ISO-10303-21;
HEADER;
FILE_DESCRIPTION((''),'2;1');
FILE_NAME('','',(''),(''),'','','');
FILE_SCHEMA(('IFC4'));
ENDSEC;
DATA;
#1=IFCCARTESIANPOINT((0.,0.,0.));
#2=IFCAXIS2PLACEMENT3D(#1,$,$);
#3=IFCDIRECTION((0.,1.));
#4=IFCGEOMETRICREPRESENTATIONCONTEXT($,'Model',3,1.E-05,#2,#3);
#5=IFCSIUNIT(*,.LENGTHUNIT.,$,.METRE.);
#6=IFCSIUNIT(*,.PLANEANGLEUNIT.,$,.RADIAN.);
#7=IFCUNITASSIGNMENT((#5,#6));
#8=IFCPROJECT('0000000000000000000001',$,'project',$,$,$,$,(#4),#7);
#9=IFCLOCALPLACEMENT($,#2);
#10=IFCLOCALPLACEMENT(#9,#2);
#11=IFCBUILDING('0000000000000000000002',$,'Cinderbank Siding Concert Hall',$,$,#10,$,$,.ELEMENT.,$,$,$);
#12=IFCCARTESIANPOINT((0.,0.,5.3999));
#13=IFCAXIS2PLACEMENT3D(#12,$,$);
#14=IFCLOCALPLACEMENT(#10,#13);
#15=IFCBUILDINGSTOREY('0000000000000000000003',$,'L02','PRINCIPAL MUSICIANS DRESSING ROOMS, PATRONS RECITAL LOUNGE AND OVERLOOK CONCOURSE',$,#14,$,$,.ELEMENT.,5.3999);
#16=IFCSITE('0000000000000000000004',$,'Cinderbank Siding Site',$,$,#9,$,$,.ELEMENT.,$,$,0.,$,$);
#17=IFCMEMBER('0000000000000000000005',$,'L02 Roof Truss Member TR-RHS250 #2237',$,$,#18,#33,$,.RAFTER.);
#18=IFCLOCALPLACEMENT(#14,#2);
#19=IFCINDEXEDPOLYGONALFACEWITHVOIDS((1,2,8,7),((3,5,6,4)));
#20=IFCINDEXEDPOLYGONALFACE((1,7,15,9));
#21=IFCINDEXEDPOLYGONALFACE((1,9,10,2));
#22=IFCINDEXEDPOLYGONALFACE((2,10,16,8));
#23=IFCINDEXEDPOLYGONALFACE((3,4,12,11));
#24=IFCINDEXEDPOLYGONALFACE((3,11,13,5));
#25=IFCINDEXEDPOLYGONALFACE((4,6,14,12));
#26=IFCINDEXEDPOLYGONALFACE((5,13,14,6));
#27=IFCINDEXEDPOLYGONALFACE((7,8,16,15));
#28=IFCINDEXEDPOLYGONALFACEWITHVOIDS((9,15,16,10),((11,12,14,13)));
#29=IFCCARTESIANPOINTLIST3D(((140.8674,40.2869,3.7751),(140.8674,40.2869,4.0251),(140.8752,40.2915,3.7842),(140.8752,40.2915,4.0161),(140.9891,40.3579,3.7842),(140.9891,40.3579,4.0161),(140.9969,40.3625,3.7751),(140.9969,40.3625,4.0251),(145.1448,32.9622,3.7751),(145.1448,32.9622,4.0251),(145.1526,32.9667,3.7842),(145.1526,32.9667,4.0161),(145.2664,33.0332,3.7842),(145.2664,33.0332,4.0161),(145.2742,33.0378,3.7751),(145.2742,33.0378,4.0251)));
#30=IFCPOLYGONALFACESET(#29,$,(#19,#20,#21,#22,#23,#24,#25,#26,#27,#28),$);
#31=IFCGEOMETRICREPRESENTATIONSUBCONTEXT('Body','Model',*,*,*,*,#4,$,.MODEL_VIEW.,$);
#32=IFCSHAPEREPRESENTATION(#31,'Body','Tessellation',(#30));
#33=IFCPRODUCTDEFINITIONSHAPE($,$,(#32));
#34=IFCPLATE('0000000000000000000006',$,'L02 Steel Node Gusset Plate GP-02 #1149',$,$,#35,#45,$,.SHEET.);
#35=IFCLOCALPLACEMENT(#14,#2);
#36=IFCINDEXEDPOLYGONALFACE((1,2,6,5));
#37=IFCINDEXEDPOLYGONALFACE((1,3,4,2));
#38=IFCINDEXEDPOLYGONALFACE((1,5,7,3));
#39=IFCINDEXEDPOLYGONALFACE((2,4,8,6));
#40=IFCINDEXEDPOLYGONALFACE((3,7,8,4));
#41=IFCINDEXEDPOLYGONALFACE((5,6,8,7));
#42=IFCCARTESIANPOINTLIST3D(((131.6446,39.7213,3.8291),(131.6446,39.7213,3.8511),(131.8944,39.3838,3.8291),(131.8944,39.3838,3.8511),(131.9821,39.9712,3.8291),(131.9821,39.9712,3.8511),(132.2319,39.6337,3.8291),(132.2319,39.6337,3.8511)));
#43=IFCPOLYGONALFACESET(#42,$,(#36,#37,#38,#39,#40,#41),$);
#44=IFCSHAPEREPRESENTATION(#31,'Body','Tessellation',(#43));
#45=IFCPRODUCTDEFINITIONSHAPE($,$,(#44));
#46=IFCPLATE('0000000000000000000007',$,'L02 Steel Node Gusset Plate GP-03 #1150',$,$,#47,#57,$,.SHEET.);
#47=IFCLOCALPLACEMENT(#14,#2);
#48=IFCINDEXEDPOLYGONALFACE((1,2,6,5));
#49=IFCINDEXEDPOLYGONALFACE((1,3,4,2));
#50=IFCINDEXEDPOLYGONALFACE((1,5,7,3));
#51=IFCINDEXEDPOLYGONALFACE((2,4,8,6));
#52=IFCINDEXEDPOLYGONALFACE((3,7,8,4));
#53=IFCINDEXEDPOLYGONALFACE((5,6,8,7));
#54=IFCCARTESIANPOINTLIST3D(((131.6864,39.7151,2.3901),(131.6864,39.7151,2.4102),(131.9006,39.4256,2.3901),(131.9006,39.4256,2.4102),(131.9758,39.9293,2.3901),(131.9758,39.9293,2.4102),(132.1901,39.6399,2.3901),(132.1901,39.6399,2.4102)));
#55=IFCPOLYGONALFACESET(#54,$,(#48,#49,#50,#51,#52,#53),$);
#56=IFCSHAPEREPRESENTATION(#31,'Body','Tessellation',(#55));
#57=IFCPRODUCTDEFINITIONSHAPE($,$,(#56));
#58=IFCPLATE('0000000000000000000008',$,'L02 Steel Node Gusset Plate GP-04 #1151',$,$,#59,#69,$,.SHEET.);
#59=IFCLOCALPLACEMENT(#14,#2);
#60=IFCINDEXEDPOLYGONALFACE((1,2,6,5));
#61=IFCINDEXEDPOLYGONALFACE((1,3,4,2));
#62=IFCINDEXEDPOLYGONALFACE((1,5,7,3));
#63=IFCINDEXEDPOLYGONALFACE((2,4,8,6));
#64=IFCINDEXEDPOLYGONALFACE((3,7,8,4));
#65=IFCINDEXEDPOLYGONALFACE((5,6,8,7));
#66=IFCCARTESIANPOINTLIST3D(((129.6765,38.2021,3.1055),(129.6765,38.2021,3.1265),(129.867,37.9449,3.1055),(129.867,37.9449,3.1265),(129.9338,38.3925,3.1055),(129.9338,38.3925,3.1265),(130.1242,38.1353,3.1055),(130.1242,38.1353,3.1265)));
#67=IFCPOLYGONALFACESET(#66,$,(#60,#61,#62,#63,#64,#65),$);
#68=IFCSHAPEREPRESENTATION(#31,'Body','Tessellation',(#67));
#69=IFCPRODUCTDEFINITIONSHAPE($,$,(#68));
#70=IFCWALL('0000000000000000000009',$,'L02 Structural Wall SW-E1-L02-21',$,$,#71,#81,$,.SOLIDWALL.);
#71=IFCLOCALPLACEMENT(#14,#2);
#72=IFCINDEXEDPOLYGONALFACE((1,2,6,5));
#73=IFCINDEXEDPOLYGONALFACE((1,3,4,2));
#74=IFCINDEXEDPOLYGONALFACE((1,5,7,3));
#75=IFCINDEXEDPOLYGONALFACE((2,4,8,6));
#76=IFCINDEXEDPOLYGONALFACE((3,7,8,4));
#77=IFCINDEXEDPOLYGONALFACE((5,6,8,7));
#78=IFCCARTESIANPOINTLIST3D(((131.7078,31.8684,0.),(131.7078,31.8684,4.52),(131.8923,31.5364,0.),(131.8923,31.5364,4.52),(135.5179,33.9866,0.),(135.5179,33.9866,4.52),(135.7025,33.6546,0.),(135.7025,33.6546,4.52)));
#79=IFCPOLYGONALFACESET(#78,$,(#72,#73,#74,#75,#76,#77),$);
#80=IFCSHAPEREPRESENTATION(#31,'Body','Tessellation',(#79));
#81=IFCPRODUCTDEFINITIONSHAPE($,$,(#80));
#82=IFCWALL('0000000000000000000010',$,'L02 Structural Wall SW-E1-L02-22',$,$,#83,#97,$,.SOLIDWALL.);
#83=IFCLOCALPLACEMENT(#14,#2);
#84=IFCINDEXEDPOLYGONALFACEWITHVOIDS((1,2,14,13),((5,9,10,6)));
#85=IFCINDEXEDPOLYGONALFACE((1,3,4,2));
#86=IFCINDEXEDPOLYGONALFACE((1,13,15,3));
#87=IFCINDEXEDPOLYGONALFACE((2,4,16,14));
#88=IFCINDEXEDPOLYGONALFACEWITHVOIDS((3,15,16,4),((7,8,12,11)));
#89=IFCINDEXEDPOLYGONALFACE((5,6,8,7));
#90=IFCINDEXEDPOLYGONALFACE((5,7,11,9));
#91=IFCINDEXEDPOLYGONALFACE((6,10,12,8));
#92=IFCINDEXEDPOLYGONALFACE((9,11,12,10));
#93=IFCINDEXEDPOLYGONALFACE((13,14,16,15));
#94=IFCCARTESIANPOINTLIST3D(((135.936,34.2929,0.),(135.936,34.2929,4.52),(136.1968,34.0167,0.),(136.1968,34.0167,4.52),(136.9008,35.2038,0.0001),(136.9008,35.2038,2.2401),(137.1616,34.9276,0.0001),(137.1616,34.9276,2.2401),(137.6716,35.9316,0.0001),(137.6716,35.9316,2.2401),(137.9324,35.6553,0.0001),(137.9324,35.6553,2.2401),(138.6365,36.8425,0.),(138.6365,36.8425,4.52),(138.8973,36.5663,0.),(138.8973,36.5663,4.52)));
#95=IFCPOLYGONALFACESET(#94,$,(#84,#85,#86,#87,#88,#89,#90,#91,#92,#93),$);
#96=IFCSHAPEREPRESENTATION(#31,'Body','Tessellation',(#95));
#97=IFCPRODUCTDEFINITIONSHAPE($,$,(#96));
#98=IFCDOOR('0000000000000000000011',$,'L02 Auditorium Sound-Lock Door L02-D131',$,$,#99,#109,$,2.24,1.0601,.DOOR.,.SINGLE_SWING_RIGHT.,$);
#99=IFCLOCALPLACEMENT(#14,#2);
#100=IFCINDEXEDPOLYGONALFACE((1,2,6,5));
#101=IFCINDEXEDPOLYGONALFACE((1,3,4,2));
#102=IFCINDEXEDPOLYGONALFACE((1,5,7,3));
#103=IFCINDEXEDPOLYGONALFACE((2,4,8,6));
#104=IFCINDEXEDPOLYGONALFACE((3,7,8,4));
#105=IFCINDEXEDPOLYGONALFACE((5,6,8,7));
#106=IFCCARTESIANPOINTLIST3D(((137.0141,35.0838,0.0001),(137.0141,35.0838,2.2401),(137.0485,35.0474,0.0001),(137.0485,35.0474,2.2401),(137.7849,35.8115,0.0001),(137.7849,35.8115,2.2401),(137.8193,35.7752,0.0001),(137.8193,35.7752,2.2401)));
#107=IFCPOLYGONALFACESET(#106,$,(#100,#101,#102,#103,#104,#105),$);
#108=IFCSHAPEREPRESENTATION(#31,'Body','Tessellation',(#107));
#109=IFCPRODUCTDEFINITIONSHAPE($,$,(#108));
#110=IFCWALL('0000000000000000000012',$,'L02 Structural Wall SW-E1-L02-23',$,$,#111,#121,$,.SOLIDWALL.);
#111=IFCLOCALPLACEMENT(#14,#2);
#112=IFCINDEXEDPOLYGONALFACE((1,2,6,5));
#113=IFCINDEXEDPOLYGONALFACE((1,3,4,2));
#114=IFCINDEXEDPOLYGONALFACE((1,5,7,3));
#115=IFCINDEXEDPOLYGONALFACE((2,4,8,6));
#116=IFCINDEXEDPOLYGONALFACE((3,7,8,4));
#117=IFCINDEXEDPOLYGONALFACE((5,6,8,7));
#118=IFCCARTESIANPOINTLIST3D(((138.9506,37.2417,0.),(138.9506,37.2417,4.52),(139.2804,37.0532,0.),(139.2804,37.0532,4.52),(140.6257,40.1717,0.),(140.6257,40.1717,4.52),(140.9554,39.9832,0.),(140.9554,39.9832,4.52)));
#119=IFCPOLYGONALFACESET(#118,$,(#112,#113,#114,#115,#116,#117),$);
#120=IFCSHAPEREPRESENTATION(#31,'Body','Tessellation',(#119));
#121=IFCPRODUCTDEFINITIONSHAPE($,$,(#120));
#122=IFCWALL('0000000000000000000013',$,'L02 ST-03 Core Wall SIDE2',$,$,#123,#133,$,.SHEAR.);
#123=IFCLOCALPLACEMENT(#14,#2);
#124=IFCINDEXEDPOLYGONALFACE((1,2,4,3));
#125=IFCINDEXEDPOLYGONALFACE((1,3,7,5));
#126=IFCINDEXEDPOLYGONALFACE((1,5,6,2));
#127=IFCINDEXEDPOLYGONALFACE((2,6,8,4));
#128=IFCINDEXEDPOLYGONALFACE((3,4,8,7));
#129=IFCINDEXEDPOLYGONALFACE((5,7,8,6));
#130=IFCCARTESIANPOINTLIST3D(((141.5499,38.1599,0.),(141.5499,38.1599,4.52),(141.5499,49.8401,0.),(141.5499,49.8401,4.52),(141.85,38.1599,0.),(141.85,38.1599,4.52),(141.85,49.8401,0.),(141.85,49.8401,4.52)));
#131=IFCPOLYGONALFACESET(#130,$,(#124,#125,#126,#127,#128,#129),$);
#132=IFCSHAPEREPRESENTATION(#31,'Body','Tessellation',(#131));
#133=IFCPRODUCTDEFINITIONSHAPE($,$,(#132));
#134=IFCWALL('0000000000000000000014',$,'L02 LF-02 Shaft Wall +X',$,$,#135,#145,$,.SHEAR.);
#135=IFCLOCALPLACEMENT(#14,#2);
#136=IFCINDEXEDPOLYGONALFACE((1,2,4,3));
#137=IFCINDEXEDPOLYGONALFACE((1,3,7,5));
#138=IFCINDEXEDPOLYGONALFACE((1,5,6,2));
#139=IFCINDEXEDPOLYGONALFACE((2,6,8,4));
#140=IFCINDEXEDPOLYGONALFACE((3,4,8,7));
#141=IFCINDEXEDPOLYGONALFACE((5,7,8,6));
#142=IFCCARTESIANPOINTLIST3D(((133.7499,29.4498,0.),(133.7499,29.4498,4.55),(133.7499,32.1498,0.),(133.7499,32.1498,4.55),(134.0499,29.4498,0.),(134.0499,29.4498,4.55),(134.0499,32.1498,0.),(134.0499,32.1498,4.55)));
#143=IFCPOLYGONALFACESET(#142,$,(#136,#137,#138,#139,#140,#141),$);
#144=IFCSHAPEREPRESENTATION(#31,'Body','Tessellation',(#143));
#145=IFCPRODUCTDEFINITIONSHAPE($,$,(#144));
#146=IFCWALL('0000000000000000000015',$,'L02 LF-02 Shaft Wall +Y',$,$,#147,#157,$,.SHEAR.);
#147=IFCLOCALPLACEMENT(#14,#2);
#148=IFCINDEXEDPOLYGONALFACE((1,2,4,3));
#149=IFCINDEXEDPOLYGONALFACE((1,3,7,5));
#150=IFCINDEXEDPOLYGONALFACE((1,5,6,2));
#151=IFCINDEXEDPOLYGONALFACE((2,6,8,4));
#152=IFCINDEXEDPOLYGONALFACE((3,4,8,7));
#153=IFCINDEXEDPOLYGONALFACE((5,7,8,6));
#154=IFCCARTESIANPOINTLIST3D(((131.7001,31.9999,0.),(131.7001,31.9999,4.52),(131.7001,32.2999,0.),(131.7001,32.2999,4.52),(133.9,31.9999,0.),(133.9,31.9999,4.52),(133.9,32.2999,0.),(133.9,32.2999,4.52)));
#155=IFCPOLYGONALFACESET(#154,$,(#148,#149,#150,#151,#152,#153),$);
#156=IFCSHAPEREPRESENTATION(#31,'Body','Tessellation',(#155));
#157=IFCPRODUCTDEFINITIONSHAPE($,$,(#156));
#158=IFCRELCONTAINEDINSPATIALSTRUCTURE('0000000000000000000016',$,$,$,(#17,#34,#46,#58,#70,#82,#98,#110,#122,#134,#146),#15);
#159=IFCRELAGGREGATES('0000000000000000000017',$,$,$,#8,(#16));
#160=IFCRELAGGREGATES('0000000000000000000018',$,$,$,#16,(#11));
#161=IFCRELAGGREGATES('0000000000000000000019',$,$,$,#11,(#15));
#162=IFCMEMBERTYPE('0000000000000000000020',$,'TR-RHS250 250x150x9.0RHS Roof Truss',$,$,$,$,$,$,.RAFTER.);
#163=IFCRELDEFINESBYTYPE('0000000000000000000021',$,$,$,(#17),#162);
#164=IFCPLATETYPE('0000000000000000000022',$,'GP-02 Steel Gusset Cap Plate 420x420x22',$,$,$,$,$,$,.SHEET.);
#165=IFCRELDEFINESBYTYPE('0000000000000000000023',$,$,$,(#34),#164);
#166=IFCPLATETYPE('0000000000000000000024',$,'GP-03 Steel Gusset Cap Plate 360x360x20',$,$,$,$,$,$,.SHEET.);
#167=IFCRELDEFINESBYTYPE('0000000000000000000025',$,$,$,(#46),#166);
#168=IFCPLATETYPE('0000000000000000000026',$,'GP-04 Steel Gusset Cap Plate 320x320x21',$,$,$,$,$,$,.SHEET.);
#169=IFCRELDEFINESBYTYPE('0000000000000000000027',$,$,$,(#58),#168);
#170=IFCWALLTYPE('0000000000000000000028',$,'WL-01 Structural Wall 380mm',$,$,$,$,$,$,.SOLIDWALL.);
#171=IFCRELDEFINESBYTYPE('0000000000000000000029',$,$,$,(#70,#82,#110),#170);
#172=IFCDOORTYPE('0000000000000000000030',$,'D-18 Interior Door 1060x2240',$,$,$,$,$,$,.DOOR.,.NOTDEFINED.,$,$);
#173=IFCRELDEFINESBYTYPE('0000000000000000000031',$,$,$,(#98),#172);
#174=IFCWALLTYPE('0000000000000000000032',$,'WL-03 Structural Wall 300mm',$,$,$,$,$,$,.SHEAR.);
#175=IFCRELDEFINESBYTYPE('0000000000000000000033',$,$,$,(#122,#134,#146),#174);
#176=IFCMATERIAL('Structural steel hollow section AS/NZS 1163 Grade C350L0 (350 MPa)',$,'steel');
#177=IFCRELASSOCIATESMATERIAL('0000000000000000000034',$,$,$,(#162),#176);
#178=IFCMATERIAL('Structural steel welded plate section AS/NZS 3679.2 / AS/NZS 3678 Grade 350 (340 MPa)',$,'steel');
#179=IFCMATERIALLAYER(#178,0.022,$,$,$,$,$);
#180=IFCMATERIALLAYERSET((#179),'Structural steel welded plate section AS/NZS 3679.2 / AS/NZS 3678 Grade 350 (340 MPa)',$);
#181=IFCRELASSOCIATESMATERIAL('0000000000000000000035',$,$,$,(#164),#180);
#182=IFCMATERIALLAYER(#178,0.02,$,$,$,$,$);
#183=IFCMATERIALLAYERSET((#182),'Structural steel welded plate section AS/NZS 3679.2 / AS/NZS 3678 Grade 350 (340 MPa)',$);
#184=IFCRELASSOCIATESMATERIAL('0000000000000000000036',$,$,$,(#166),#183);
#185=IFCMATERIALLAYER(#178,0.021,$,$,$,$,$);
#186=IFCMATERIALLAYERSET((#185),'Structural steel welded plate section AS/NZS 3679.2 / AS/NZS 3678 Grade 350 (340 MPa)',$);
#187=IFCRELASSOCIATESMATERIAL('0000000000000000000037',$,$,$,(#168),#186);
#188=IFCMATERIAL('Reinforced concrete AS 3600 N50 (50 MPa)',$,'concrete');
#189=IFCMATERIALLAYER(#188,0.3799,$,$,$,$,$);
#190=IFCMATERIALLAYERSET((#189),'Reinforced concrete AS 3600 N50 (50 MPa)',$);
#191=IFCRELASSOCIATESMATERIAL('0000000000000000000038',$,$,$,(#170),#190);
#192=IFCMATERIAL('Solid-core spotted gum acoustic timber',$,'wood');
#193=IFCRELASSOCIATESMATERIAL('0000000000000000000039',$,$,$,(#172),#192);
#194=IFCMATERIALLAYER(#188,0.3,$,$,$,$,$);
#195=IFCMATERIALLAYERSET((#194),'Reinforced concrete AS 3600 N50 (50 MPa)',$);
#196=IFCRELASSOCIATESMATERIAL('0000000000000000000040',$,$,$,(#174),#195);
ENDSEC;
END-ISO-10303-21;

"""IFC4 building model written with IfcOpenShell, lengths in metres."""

from ifc_helpers import new_model, si_unit, direction, frame, frame_2d, origin, origin_2d, place, context, subcontext, project, spatial, rectangle, hollow_rectangle, extrude, material, layer, layer_set, material_profile, profile_set, type_object, element, fill, save


model = new_model("IFC4")

# Units and contexts
model_context = context("Model", 3, precision=1e-05, world=origin(), true_north=direction((0.0, 1.0)))
body_context = subcontext(model_context, "Body", "Model", "MODEL_VIEW")
ifc_project = project(units=[si_unit("LENGTHUNIT", "METRE"), si_unit("PLANEANGLEUNIT", "RADIAN")], contexts=[model_context])

# Site, building, storey
site_placement = place(None, origin())
site = spatial("IfcSite", under=ifc_project, at=site_placement, Name="Cinderbank Siding Site", CompositionType="ELEMENT", RefElevation=0.0)
building_placement = place(site_placement, origin())
building = spatial("IfcBuilding", under=site, at=building_placement, Name="Cinderbank Siding Concert Hall", CompositionType="ELEMENT")
storey_placement = place(building_placement, frame((0.0, 0.0, 5.3999)))
storey = spatial("IfcBuildingStorey", under=building, at=storey_placement, Name="L02", Description="PRINCIPAL MUSICIANS DRESSING ROOMS, PATRONS RECITAL LOUNGE AND OVERLOOK CONCOURSE", CompositionType="ELEMENT", Elevation=5.3999)

# Shared definitions
ifc_material_1 = material(Name="Structural steel hollow section AS/NZS 1163 Grade C350L0 (350 MPa)", Category="steel")
ifc_material_2 = material(Name="Reinforced concrete AS 3600 N50 (50 MPa)", Category="concrete")

# Member
ifc_material_profile_1 = material_profile(ifc_material_1, hollow_rectangle(XDim=0.1499, YDim=0.25, WallThickness=0.009, at=origin_2d()), Name="250x150x9.0RHS", Category="LoadBearing")
ifc_profile_set_1 = profile_set([ifc_material_profile_1], Name="Structural steel hollow section AS/NZS 1163 Grade C350L0 (350 MPa)")
member_type_1 = type_object("IfcMemberType", Name="TR-RHS250 250x150x9.0RHS Roof Truss", PredefinedType="RAFTER", material=ifc_profile_set_1)
member_1_placement = place(storey_placement, frame((140.9321, 40.3247, 3.9001), z_axis=(0.504275, -0.863543, 0.0), x_axis=(0.863543, 0.504275, 0.0)))
element("IfcMember", 1, at=member_1_placement, inside=storey, type_object=member_type_1, Name="L02 Roof Truss Member TR-RHS250 #2237", PredefinedType="RAFTER", context=body_context, shape_type="SweptSolid", body=[
    extrude(hollow_rectangle(XDim=0.1499, YDim=0.25, WallThickness=0.009, at=origin_2d()), origin(), (0.0, 0.0, 1.0), 8.4822),
])

# Plates
ifc_material_3 = material(Name="Structural steel welded plate section AS/NZS 3679.2 / AS/NZS 3678 Grade 350 (340 MPa)", Category="steel")
ifc_layer_1 = layer(ifc_material_3, 0.022)
ifc_layer_set_1 = layer_set([ifc_layer_1], Name="Structural steel welded plate section AS/NZS 3679.2 / AS/NZS 3678 Grade 350 (340 MPa)")
plate_type_1 = type_object("IfcPlateType", Name="GP-02 Steel Gusset Cap Plate 420x420x22", PredefinedType="SHEET", material=ifc_layer_set_1)
plate_1_placement = place(storey_placement, frame((131.9382, 39.6775, 3.8291), z_axis=(0.0, 0.0, 1.0), x_axis=(0.803753, 0.594963, 0.0)))
element("IfcPlate", 2, at=plate_1_placement, inside=storey, type_object=plate_type_1, Name="L02 Steel Node Gusset Plate GP-02 #1149", PredefinedType="SHEET", context=body_context, shape_type="SweptSolid", body=[
    extrude(rectangle(XDim=0.4199, YDim=0.4199, at=origin_2d()), origin(), (0.0, 0.0, 1.0), 0.022),
])
ifc_layer_2 = layer(ifc_material_3, 0.02)
ifc_layer_set_2 = layer_set([ifc_layer_2], Name="Structural steel welded plate section AS/NZS 3679.2 / AS/NZS 3678 Grade 350 (340 MPa)")
plate_type_2 = type_object("IfcPlateType", Name="GP-03 Steel Gusset Cap Plate 360x360x20", PredefinedType="SHEET", material=ifc_layer_set_2)
plate_2_placement = place(storey_placement, frame((131.9382, 39.6775, 2.3901), z_axis=(0.0, 0.0, 1.0), x_axis=(-0.803753, -0.594963, 0.0)))
element("IfcPlate", 3, at=plate_2_placement, inside=storey, type_object=plate_type_2, Name="L02 Steel Node Gusset Plate GP-03 #1150", PredefinedType="SHEET", context=body_context, shape_type="SweptSolid", body=[
    extrude(rectangle(XDim=0.3601, YDim=0.3601, at=origin_2d()), origin(), (0.0, 0.0, 1.0), 0.02),
])
ifc_layer_3 = layer(ifc_material_3, 0.021)
ifc_layer_set_3 = layer_set([ifc_layer_3], Name="Structural steel welded plate section AS/NZS 3679.2 / AS/NZS 3678 Grade 350 (340 MPa)")
plate_type_3 = type_object("IfcPlateType", Name="GP-04 Steel Gusset Cap Plate 320x320x21", PredefinedType="SHEET", material=ifc_layer_set_3)
plate_3_placement = place(storey_placement, frame((129.9004, 38.1687, 3.1055), z_axis=(0.0, 0.0, 1.0), x_axis=(-0.803753, -0.594963, 0.0)))
element("IfcPlate", 4, at=plate_3_placement, inside=storey, type_object=plate_type_3, Name="L02 Steel Node Gusset Plate GP-04 #1151", PredefinedType="SHEET", context=body_context, shape_type="SweptSolid", body=[
    extrude(rectangle(XDim=0.3201, YDim=0.3201, at=origin_2d()), origin(), (0.0, 0.0, 1.0), 0.021),
])

# Wall
ifc_layer_4 = layer(ifc_material_2, 0.3799)
ifc_layer_set_4 = layer_set([ifc_layer_4], Name="Reinforced concrete AS 3600 N50 (50 MPa)")
wall_type_1 = type_object("IfcWallType", Name="WL-01 Structural Wall 380mm", PredefinedType="SOLIDWALL", material=ifc_layer_set_4)
wall_1_placement = place(storey_placement, frame((131.8, 31.7024, 0.0), z_axis=(0.0, 0.0, 1.0), x_axis=(0.874015, 0.4859, 0.0)))
element("IfcWall", 5, at=wall_1_placement, inside=storey, type_object=wall_type_1, Name="L02 Structural Wall SW-E1-L02-21", PredefinedType="SOLIDWALL", context=body_context, shape_type="SweptSolid", body=[
    extrude(rectangle(XDim=4.3594, YDim=0.3799, at=frame_2d((2.1797, 0.0))), origin(), (0.0, 0.0, 1.0), 4.52),
])

# Wall, opening, door
wall_2_placement = place(storey_placement, frame((136.0664, 34.1548, 0.0), z_axis=(0.0, 0.0, 1.0), x_axis=(0.727128, 0.686502, 0.0)))
wall_2 = element("IfcWall", 6, at=wall_2_placement, inside=storey, type_object=wall_type_1, Name="L02 Structural Wall SW-E1-L02-22", PredefinedType="SOLIDWALL", context=body_context, shape_type="SweptSolid", body=[
    extrude(rectangle(XDim=3.7139, YDim=0.3799, at=frame_2d((1.8569, 0.0))), origin(), (0.0, 0.0, 1.0), 4.52),
])
opening_1_placement = place(wall_2_placement, frame((1.3269, 0.0, 0.0)))
opening_1 = element("IfcOpeningElement", 7, at=opening_1_placement, cuts=wall_2, PredefinedType="OPENING", context=body_context, shape_type="SweptSolid", body=[
    extrude(rectangle(XDim=1.0601, YDim=2.24, at=frame_2d((0.53, 1.1201))), frame((0.0, 0.2019, 0.0), z_axis=(0.0, -1.0, 0.0), x_axis=(1.0, 0.0, 0.0)), (0.0, 0.0, 1.0), 0.4038),
])
ifc_material_4 = material(Name="Solid-core spotted gum acoustic timber", Category="wood")
door_type_1 = type_object("IfcDoorType", Name="D-18 Interior Door 1060x2240", OperationType="NOTDEFINED", PredefinedType="DOOR", material=ifc_material_4)
door_1_placement = place(opening_1_placement, origin())
door_1 = element("IfcDoor", 8, at=door_1_placement, inside=storey, type_object=door_type_1, Name="L02 Auditorium Sound-Lock Door L02-D131", OperationType="SINGLE_SWING_RIGHT", OverallHeight=2.24, OverallWidth=1.0601, PredefinedType="DOOR", context=body_context, shape_type="SweptSolid", body=[
    extrude(rectangle(XDim=1.0601, YDim=2.24, at=frame_2d((0.53, 1.1201))), frame((0.0, 0.0249, 0.0), z_axis=(0.0, -1.0, 0.0), x_axis=(1.0, 0.0, 0.0)), (0.0, 0.0, 1.0), 0.05),
])
fill(opening_1, door_1)

# Walls
wall_3_placement = place(storey_placement, frame((139.1155, 37.1475, 0.0), z_axis=(0.0, 0.0, 1.0), x_axis=(0.496318, 0.868141, 0.0)))
element("IfcWall", 9, at=wall_3_placement, inside=storey, type_object=wall_type_1, Name="L02 Structural Wall SW-E1-L02-23", PredefinedType="SOLIDWALL", context=body_context, shape_type="SweptSolid", body=[
    extrude(rectangle(XDim=3.375, YDim=0.3799, at=frame_2d((1.6875, 0.0))), origin(), (0.0, 0.0, 1.0), 4.52),
])
ifc_layer_5 = layer(ifc_material_2, 0.3)
ifc_layer_set_5 = layer_set([ifc_layer_5], Name="Reinforced concrete AS 3600 N50 (50 MPa)")
wall_type_2 = type_object("IfcWallType", Name="WL-03 Structural Wall 300mm", PredefinedType="SHEAR", material=ifc_layer_set_5)
wall_4_placement = place(storey_placement, frame((141.7, 38.1599, 0.0), z_axis=(0.0, 0.0, 1.0), x_axis=(0.0, 1.0, 0.0)))
element("IfcWall", 10, at=wall_4_placement, inside=storey, type_object=wall_type_2, Name="L02 ST-03 Core Wall SIDE2", PredefinedType="SHEAR", context=body_context, shape_type="SweptSolid", body=[
    extrude(rectangle(XDim=11.6802, YDim=0.3, at=frame_2d((5.8401, 0.0))), origin(), (0.0, 0.0, 1.0), 4.52),
])

# Walls
wall_5_placement = place(storey_placement, frame((133.8999, 32.1499, 0.0), z_axis=(0.0, 0.0, 1.0), x_axis=(0.0, -1.0, 0.0)))
element("IfcWall", 11, at=wall_5_placement, inside=storey, type_object=wall_type_2, Name="L02 LF-02 Shaft Wall +X", PredefinedType="SHEAR", context=body_context, shape_type="SweptSolid", body=[
    extrude(rectangle(XDim=2.7, YDim=0.3, at=frame_2d((1.3501, 0.0))), origin(), (0.0, 0.0, 1.0), 4.55),
])
wall_6_placement = place(storey_placement, frame((131.7, 32.1499, 0.0), z_axis=(0.0, 0.0, 1.0), x_axis=(1.0, 0.0, 0.0)))
element("IfcWall", 12, at=wall_6_placement, inside=storey, type_object=wall_type_2, Name="L02 LF-02 Shaft Wall +Y", PredefinedType="SHEAR", context=body_context, shape_type="SweptSolid", body=[
    extrude(rectangle(XDim=2.2, YDim=0.3, at=frame_2d((1.1001, 0.0))), origin(), (0.0, 0.0, 1.0), 4.52),
])

save(model, "model.ifc")
